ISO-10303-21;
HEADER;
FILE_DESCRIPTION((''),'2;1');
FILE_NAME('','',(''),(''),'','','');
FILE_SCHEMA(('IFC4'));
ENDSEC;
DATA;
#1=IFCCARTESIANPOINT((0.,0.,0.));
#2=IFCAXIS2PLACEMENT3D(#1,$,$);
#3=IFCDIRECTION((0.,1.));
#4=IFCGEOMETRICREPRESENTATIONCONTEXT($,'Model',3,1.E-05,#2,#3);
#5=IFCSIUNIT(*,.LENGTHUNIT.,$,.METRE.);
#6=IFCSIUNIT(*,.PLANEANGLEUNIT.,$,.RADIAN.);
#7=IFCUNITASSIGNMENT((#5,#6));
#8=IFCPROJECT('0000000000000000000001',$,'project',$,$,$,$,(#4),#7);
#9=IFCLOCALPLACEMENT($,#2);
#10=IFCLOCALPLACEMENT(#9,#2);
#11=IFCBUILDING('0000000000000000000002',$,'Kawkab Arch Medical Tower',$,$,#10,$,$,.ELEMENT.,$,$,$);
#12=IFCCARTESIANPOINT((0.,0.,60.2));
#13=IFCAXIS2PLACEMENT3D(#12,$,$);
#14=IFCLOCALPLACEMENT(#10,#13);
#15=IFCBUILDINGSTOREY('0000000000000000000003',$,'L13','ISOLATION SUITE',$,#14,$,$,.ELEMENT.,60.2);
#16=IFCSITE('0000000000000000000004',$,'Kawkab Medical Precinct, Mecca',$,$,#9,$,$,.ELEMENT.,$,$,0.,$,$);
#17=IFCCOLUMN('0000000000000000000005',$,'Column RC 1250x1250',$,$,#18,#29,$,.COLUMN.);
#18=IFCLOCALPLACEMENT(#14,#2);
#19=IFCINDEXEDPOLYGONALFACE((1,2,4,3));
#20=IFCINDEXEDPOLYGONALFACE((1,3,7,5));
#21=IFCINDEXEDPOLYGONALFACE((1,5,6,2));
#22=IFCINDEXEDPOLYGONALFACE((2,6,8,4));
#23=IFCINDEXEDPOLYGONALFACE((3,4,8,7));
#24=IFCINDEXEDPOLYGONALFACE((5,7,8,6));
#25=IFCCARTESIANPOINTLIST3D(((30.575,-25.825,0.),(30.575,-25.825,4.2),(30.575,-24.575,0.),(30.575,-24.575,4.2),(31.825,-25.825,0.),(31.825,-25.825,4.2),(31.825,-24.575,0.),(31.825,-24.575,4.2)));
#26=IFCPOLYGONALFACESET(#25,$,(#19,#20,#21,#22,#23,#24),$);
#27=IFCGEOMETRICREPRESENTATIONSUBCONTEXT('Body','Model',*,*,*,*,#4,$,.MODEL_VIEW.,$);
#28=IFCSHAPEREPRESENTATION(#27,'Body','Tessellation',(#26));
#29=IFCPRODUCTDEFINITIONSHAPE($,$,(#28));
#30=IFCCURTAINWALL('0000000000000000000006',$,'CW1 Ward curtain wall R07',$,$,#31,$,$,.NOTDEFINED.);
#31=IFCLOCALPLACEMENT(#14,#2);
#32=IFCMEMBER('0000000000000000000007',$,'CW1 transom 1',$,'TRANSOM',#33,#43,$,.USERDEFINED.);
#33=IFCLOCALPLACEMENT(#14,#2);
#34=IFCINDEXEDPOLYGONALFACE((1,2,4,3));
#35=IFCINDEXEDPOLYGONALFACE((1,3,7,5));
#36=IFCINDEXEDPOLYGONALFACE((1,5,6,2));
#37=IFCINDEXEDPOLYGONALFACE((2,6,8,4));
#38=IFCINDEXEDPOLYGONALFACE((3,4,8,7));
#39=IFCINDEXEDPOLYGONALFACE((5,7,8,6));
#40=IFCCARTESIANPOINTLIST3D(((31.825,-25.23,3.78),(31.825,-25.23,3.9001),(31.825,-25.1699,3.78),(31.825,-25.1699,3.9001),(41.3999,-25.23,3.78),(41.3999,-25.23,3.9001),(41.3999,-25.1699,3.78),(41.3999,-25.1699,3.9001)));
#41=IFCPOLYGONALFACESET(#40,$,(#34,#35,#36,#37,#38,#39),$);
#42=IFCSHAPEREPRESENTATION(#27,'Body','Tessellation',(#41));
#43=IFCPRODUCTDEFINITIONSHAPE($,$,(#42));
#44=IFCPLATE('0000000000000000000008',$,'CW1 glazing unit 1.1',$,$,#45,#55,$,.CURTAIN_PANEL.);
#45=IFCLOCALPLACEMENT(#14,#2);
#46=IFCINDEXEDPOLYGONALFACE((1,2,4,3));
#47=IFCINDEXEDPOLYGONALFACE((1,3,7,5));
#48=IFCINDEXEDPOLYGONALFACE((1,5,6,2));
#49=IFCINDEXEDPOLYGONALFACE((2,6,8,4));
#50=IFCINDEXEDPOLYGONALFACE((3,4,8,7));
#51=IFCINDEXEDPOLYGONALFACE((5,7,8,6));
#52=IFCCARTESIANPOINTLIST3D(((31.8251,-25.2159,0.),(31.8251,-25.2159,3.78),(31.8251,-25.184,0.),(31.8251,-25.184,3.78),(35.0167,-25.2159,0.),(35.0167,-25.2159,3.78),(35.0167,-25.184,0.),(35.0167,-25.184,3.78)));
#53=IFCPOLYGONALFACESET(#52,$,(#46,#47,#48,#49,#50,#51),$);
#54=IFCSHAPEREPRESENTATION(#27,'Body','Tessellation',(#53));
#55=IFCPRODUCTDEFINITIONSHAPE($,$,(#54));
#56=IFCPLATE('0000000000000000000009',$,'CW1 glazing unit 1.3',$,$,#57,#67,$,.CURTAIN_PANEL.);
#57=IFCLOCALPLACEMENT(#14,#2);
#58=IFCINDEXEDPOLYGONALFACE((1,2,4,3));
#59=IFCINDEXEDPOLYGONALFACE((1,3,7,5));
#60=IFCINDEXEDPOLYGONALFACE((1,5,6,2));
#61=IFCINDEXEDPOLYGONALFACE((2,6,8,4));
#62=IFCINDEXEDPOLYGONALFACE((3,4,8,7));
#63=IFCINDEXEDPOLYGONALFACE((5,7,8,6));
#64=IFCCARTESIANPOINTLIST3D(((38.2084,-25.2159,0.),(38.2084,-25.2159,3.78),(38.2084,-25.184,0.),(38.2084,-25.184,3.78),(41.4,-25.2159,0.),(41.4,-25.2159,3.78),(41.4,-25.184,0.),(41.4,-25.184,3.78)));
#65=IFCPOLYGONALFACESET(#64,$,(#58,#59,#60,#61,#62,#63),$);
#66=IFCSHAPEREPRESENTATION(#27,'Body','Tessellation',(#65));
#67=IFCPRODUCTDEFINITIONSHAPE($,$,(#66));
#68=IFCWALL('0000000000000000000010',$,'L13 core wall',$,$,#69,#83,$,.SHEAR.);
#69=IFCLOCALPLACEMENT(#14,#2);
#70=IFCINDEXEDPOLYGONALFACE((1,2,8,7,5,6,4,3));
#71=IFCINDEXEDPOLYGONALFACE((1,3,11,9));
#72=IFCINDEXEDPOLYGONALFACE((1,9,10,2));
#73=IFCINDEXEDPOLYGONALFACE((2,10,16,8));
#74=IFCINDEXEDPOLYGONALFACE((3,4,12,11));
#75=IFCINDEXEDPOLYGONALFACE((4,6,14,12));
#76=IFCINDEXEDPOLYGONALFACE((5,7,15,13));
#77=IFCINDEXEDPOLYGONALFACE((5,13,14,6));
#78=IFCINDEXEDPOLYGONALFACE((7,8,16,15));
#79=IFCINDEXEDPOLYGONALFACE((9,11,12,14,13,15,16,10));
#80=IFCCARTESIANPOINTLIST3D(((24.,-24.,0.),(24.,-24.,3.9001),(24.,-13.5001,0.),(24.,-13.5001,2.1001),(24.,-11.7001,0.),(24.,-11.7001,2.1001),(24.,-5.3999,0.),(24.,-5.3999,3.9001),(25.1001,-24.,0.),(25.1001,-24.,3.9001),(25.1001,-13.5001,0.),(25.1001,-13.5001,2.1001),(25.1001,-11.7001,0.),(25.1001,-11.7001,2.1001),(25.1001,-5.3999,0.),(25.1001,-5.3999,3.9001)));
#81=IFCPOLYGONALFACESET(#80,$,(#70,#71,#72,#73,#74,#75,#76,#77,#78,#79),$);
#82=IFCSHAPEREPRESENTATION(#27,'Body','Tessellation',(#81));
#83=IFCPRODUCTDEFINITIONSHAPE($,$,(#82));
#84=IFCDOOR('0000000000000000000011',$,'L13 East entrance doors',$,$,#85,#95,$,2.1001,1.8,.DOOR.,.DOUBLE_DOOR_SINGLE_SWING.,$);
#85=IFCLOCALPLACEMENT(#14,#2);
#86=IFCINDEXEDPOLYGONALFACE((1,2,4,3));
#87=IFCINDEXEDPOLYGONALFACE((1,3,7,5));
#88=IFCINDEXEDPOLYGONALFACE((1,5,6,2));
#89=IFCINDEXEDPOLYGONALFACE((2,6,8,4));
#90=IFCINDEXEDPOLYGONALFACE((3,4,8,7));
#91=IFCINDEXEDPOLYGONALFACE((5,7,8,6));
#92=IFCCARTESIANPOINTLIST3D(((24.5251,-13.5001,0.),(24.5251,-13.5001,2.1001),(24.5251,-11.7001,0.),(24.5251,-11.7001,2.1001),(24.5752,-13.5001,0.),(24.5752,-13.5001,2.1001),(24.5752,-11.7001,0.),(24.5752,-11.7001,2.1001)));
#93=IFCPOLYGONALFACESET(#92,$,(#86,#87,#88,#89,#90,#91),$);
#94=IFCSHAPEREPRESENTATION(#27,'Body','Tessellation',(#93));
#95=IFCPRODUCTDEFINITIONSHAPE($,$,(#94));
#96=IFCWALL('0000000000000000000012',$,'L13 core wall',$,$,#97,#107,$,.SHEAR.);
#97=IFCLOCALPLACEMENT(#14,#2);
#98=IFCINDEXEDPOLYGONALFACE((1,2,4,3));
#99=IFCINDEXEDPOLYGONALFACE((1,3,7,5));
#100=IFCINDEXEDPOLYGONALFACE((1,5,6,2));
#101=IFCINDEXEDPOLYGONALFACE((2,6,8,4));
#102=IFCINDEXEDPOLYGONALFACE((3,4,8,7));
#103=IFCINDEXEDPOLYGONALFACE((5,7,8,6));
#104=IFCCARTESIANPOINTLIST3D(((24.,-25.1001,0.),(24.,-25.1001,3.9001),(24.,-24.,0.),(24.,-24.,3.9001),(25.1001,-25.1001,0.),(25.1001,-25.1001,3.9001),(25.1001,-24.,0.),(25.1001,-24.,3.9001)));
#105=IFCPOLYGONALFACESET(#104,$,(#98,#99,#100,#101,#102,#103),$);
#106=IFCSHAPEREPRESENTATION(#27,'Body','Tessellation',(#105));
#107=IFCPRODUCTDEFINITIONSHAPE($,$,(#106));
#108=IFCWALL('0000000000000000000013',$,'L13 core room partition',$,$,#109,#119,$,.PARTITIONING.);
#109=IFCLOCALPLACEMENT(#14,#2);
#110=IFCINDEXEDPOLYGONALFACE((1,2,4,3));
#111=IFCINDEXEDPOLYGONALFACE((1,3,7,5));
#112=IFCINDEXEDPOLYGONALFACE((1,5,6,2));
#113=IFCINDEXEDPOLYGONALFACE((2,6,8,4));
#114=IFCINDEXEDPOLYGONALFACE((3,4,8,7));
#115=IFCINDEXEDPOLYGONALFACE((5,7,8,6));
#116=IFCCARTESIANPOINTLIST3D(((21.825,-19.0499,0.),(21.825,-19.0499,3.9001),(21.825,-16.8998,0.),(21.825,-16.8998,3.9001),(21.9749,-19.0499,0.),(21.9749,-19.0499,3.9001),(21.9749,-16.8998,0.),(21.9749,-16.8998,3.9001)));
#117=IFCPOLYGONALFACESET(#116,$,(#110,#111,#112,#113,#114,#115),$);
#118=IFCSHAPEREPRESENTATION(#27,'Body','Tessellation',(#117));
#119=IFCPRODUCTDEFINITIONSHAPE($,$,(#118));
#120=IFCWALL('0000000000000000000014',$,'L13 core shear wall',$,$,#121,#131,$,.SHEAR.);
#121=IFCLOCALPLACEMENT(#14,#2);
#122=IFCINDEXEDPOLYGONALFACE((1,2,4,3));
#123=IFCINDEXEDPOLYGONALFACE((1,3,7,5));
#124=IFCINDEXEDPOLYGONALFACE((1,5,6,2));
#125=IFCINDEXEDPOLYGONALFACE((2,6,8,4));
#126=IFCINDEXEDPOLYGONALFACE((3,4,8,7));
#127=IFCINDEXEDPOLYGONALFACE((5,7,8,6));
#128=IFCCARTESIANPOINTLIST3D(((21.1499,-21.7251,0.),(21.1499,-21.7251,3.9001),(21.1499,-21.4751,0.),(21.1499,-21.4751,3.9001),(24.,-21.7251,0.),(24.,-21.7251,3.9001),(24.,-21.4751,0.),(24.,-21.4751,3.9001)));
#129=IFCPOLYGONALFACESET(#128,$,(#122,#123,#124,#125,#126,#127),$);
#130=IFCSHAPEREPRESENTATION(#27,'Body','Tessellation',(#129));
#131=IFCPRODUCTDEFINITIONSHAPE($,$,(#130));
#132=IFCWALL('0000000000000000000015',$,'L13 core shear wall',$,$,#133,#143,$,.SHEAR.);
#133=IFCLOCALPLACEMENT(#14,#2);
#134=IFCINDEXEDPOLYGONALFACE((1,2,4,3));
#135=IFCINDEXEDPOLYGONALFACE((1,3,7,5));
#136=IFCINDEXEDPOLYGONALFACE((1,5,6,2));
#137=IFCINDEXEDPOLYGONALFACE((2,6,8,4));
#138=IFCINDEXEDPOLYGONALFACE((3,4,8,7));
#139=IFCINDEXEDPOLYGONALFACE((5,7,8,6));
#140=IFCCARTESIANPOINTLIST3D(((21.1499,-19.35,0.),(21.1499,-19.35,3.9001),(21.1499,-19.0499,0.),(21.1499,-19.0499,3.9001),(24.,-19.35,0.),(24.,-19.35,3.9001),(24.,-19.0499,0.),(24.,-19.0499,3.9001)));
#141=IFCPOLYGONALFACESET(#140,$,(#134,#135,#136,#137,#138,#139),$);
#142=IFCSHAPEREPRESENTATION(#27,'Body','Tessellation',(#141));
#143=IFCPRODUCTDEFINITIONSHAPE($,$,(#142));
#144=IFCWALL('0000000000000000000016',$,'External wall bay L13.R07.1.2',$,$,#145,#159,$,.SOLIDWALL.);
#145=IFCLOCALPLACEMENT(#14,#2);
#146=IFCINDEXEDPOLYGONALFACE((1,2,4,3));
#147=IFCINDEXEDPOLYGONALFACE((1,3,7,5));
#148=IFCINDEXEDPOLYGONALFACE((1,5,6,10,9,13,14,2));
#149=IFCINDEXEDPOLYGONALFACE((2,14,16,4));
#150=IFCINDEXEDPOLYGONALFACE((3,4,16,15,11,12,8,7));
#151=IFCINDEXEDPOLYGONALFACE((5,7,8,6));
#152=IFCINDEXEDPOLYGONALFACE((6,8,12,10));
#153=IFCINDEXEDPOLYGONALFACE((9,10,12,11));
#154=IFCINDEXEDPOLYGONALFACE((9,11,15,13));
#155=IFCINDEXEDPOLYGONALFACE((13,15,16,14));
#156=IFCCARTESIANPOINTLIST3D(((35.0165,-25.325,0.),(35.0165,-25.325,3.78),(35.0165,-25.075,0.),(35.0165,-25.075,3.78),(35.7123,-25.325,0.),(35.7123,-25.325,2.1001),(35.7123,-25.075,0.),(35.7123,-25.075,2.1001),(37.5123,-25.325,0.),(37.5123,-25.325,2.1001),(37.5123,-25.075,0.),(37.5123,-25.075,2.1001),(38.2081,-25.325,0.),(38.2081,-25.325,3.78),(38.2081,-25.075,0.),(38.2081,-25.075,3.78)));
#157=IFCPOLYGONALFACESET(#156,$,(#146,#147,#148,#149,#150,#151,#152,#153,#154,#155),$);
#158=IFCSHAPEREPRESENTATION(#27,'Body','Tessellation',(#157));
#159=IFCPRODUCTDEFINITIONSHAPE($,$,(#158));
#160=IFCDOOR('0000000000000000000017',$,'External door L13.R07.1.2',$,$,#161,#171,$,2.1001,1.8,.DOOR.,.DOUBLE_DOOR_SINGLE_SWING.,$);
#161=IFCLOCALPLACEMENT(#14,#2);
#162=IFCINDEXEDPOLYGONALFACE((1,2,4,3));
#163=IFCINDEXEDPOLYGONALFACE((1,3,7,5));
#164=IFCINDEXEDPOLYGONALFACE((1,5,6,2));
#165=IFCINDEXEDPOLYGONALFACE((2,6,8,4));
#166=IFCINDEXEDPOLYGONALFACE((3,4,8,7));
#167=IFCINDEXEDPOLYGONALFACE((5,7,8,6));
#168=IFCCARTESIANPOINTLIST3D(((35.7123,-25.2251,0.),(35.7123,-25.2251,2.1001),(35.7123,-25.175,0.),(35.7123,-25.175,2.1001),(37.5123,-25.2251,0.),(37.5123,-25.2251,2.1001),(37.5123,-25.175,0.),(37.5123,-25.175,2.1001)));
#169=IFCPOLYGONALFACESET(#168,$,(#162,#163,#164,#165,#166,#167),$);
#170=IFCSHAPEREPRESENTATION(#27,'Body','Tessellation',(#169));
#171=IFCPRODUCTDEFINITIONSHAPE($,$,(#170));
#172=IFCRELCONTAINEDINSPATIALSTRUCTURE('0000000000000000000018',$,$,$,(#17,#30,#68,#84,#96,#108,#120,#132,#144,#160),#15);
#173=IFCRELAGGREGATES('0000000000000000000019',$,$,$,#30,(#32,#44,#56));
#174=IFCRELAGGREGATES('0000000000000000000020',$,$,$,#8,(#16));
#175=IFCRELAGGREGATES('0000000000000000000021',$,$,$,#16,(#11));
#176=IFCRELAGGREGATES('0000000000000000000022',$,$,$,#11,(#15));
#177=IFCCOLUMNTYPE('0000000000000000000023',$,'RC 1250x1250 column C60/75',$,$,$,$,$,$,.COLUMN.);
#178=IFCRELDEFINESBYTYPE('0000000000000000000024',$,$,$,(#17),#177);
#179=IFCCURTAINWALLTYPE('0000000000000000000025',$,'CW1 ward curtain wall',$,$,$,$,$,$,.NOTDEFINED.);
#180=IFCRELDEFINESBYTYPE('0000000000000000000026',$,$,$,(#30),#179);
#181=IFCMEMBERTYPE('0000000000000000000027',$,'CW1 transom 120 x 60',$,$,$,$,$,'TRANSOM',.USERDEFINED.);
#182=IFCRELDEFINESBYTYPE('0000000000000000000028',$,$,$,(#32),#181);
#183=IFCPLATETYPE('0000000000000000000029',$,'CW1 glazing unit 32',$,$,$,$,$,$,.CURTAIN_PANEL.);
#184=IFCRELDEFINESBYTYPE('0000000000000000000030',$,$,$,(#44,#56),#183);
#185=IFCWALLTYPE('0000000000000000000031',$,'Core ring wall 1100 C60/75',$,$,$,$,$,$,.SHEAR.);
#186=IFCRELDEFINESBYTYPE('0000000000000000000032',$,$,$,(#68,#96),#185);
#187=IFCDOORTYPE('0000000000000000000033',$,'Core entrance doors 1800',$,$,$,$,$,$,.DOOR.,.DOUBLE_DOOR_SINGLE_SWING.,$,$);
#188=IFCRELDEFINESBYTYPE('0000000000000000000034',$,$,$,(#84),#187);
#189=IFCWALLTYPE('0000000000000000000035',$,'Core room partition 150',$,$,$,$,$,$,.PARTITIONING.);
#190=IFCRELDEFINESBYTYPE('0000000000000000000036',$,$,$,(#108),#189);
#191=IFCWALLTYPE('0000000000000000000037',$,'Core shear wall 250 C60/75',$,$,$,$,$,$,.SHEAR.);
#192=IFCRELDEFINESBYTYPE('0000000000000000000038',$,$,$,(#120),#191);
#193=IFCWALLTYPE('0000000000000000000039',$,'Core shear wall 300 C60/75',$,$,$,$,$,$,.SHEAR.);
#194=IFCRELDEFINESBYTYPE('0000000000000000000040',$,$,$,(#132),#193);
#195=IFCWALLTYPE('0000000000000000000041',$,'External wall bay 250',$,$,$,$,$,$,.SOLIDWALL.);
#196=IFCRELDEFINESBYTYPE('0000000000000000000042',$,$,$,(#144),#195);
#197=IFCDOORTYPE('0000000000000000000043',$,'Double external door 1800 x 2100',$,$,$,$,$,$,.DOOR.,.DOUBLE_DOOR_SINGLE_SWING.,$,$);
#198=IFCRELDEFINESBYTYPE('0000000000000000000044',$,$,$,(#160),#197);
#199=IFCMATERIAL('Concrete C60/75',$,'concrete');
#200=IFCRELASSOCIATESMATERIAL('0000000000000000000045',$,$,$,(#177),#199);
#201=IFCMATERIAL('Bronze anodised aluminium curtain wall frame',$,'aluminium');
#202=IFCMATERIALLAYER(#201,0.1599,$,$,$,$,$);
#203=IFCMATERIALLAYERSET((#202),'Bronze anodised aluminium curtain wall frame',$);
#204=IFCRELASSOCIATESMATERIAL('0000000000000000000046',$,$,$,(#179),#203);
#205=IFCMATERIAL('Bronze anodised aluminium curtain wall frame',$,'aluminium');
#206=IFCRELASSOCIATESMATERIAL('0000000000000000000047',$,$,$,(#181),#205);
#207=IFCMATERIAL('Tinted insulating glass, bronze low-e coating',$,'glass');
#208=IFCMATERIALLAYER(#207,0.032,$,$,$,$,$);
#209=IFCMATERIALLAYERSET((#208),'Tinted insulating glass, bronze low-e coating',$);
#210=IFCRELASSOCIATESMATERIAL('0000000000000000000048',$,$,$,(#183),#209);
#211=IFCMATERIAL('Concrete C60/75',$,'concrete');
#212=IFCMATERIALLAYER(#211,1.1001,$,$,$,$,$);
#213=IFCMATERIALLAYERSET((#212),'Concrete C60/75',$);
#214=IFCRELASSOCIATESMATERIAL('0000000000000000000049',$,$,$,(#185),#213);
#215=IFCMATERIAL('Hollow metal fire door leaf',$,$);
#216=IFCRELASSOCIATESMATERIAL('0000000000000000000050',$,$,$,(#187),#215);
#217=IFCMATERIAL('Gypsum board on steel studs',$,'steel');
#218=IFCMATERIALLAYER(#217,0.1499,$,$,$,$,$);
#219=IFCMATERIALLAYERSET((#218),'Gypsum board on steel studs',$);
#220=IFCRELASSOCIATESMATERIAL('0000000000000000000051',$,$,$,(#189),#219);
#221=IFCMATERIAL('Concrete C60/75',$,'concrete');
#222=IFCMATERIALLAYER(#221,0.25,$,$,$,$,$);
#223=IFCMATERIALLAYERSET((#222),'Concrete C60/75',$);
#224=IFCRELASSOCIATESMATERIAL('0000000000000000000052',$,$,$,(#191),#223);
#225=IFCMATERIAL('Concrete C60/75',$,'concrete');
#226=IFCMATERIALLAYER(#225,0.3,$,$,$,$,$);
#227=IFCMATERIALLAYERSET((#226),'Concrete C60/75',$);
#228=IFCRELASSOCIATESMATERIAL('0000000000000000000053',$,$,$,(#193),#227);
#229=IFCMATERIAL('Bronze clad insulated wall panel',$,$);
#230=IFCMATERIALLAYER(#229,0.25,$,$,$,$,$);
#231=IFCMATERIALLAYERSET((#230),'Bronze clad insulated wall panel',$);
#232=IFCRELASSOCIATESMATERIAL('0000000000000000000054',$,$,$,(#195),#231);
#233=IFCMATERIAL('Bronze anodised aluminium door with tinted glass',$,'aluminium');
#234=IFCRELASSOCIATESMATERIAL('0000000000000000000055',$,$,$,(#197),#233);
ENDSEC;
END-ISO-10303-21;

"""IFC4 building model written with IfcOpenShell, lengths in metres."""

from ifc_helpers import new_model, si_unit, direction, frame, frame_2d, origin, origin_2d, place, context, subcontext, project, spatial, rectangle, extrude, material, layer, layer_set, material_profile, profile_set, type_object, element, fill, aggregate, save


model = new_model("IFC4")

# Units and contexts
model_context = context("Model", 3, precision=1e-05, world=origin(), true_north=direction((0.0, 1.0)))
body_context = subcontext(model_context, "Body", "Model", "MODEL_VIEW")
ifc_project = project(units=[si_unit("LENGTHUNIT", "METRE"), si_unit("PLANEANGLEUNIT", "RADIAN")], contexts=[model_context])

# Site, building, storey
site_placement = place(None, origin())
site = spatial("IfcSite", under=ifc_project, at=site_placement, Name="Kawkab Medical Precinct, Mecca", CompositionType="ELEMENT", RefElevation=0.0)
building_placement = place(site_placement, origin())
building = spatial("IfcBuilding", under=site, at=building_placement, Name="Kawkab Arch Medical Tower", CompositionType="ELEMENT")
storey_placement = place(building_placement, frame((0.0, 0.0, 60.2)))
storey = spatial("IfcBuildingStorey", under=building, at=storey_placement, Name="L13", Description="ISOLATION SUITE", CompositionType="ELEMENT", Elevation=60.2)

# Column
ifc_material_1 = material(Name="Concrete C60/75", Category="concrete")
ifc_material_profile_1 = material_profile(ifc_material_1, rectangle(XDim=1.25, YDim=1.25, at=origin_2d()), Name="RC 1250x1250")
ifc_profile_set_1 = profile_set([ifc_material_profile_1], Name="Concrete C60/75")
column_type = type_object("IfcColumnType", Name="RC 1250x1250 column C60/75", PredefinedType="COLUMN", material=ifc_profile_set_1)
column_placement = place(storey_placement, frame((31.2, -25.2, 0.0), z_axis=(0.0, 0.0, 1.0), x_axis=(1.0, 0.0, 0.0)))
element("IfcColumn", 1, at=column_placement, inside=storey, type_object=column_type, Name="Column RC 1250x1250", PredefinedType="COLUMN", context=body_context, shape_type="SweptSolid", body=[
    extrude(rectangle(XDim=1.25, YDim=1.25, at=origin_2d()), origin(), (0.0, 0.0, 1.0), 4.2),
])

# Curtain wall, member, plates
ifc_material_2 = material(Name="Bronze anodised aluminium curtain wall frame", Category="aluminium")
ifc_layer_1 = layer(ifc_material_2, 0.1599)
ifc_layer_set_1 = layer_set([ifc_layer_1], Name="Bronze anodised aluminium curtain wall frame")
curtain_wall_type = type_object("IfcCurtainWallType", Name="CW1 ward curtain wall", PredefinedType="NOTDEFINED", material=ifc_layer_set_1)
curtain_wall_placement = place(storey_placement, origin())
curtain_wall = element("IfcCurtainWall", 2, at=curtain_wall_placement, inside=storey, type_object=curtain_wall_type, Name="CW1 Ward curtain wall R07", PredefinedType="NOTDEFINED")
ifc_material_3 = material(Name="Bronze anodised aluminium curtain wall frame", Category="aluminium")
ifc_material_profile_2 = material_profile(ifc_material_3, rectangle(XDim=0.0601, YDim=0.1201, at=origin_2d()), Name="AL 60x120")
ifc_profile_set_2 = profile_set([ifc_material_profile_2], Name="Bronze anodised aluminium curtain wall frame")
member_type = type_object("IfcMemberType", Name="CW1 transom 120 x 60", ElementType="TRANSOM", PredefinedType="USERDEFINED", material=ifc_profile_set_2)
member_placement = place(storey_placement, frame((31.825, -25.2, 3.8401), z_axis=(1.0, 0.0, 0.0), x_axis=(0.0, 1.0, 0.0)))
member = element("IfcMember", 3, at=member_placement, type_object=member_type, Name="CW1 transom 1", ObjectType="TRANSOM", PredefinedType="USERDEFINED", context=body_context, shape_type="SweptSolid", body=[
    extrude(rectangle(XDim=0.0601, YDim=0.1201, at=origin_2d()), origin(), (0.0, 0.0, 1.0), 9.575),
])
ifc_material_4 = material(Name="Tinted insulating glass, bronze low-e coating", Category="glass")
ifc_layer_2 = layer(ifc_material_4, 0.032)
ifc_layer_set_2 = layer_set([ifc_layer_2], Name="Tinted insulating glass, bronze low-e coating")
plate_type = type_object("IfcPlateType", Name="CW1 glazing unit 32", PredefinedType="CURTAIN_PANEL", material=ifc_layer_set_2)
plate_1_placement = place(storey_placement, frame((33.4209, -25.2, 0.0), z_axis=(0.0, 0.0, 1.0), x_axis=(1.0, 0.0, 0.0)))
plate_1 = element("IfcPlate", 4, at=plate_1_placement, type_object=plate_type, Name="CW1 glazing unit 1.1", PredefinedType="CURTAIN_PANEL", context=body_context, shape_type="SweptSolid", body=[
    extrude(rectangle(XDim=3.1917, YDim=0.032, at=origin_2d()), origin(), (0.0, 0.0, 1.0), 3.78),
])
plate_2_placement = place(storey_placement, frame((39.8042, -25.2, 0.0), z_axis=(0.0, 0.0, 1.0), x_axis=(1.0, 0.0, 0.0)))
plate_2 = element("IfcPlate", 5, at=plate_2_placement, type_object=plate_type, Name="CW1 glazing unit 1.3", PredefinedType="CURTAIN_PANEL", context=body_context, shape_type="SweptSolid", body=[
    extrude(rectangle(XDim=3.1917, YDim=0.032, at=origin_2d()), origin(), (0.0, 0.0, 1.0), 3.78),
])
aggregate(curtain_wall, [member, plate_1, plate_2])

# Wall, opening, door
ifc_material_5 = material(Name="Concrete C60/75", Category="concrete")
ifc_layer_3 = layer(ifc_material_5, 1.1001)
ifc_layer_set_3 = layer_set([ifc_layer_3], Name="Concrete C60/75")
wall_type_1 = type_object("IfcWallType", Name="Core ring wall 1100 C60/75", PredefinedType="SHEAR", material=ifc_layer_set_3)
wall_1_placement = place(storey_placement, frame((24.55, -24.0, 0.0), z_axis=(0.0, 0.0, 1.0), x_axis=(0.0, 1.0, 0.0)))
wall_1 = element("IfcWall", 6, at=wall_1_placement, inside=storey, type_object=wall_type_1, Name="L13 core wall", PredefinedType="SHEAR", context=body_context, shape_type="SweptSolid", body=[
    extrude(rectangle(XDim=18.6001, YDim=1.1001, at=frame_2d((9.3, 0.0))), origin(), (0.0, 0.0, 1.0), 3.9001),
])
opening_1_placement = place(wall_1_placement, frame((10.5, 0.0, 0.0)))
opening_1 = element("IfcOpeningElement", 7, at=opening_1_placement, cuts=wall_1, PredefinedType="OPENING", context=body_context, shape_type="SweptSolid", body=[
    extrude(rectangle(XDim=1.8, YDim=2.1001, at=frame_2d((0.8999, 1.05))), frame((0.0, 0.5601, 0.0), z_axis=(0.0, -1.0, 0.0), x_axis=(1.0, 0.0, 0.0)), (0.0, 0.0, 1.0), 1.1201),
])
ifc_material_6 = material(Name="Hollow metal fire door leaf")
door_type_1 = type_object("IfcDoorType", Name="Core entrance doors 1800", OperationType="DOUBLE_DOOR_SINGLE_SWING", PredefinedType="DOOR", material=ifc_material_6)
door_1_placement = place(opening_1_placement, origin())
door_1 = element("IfcDoor", 8, at=door_1_placement, inside=storey, type_object=door_type_1, Name="L13 East entrance doors", OperationType="DOUBLE_DOOR_SINGLE_SWING", OverallHeight=2.1001, OverallWidth=1.8, PredefinedType="DOOR", context=body_context, shape_type="SweptSolid", body=[
    extrude(rectangle(XDim=1.8, YDim=2.1001, at=frame_2d((0.8999, 1.05))), frame((0.0, 0.0249, 0.0), z_axis=(0.0, -1.0, 0.0), x_axis=(1.0, 0.0, 0.0)), (0.0, 0.0, 1.0), 0.05),
])
fill(opening_1, door_1)

# Walls
wall_2_placement = place(storey_placement, frame((24.55, -25.1001, 0.0), z_axis=(0.0, 0.0, 1.0), x_axis=(0.0, 1.0, 0.0)))
element("IfcWall", 9, at=wall_2_placement, inside=storey, type_object=wall_type_1, Name="L13 core wall", PredefinedType="SHEAR", context=body_context, shape_type="SweptSolid", body=[
    extrude(rectangle(XDim=1.1001, YDim=1.1001, at=frame_2d((0.55, 0.0))), origin(), (0.0, 0.0, 1.0), 3.9001),
])
ifc_material_7 = material(Name="Gypsum board on steel studs", Category="steel")
ifc_layer_4 = layer(ifc_material_7, 0.1499)
ifc_layer_set_4 = layer_set([ifc_layer_4], Name="Gypsum board on steel studs")
wall_type_2 = type_object("IfcWallType", Name="Core room partition 150", PredefinedType="PARTITIONING", material=ifc_layer_set_4)
wall_3_placement = place(storey_placement, frame((21.8999, -19.05, 0.0), z_axis=(0.0, 0.0, 1.0), x_axis=(0.0, 1.0, 0.0)))
element("IfcWall", 10, at=wall_3_placement, inside=storey, type_object=wall_type_2, Name="L13 core room partition", PredefinedType="PARTITIONING", context=body_context, shape_type="SweptSolid", body=[
    extrude(rectangle(XDim=2.1501, YDim=0.1499, at=frame_2d((1.0752, 0.0))), origin(), (0.0, 0.0, 1.0), 3.9001),
])
ifc_material_8 = material(Name="Concrete C60/75", Category="concrete")
ifc_layer_5 = layer(ifc_material_8, 0.25)
ifc_layer_set_5 = layer_set([ifc_layer_5], Name="Concrete C60/75")
wall_type_3 = type_object("IfcWallType", Name="Core shear wall 250 C60/75", PredefinedType="SHEAR", material=ifc_layer_set_5)
wall_4_placement = place(storey_placement, frame((21.1499, -21.6001, 0.0), z_axis=(0.0, 0.0, 1.0), x_axis=(1.0, 0.0, 0.0)))
element("IfcWall", 11, at=wall_4_placement, inside=storey, type_object=wall_type_3, Name="L13 core shear wall", PredefinedType="SHEAR", context=body_context, shape_type="SweptSolid", body=[
    extrude(rectangle(XDim=2.8501, YDim=0.25, at=frame_2d((1.425, 0.0))), origin(), (0.0, 0.0, 1.0), 3.9001),
])
ifc_material_9 = material(Name="Concrete C60/75", Category="concrete")
ifc_layer_6 = layer(ifc_material_9, 0.3)
ifc_layer_set_6 = layer_set([ifc_layer_6], Name="Concrete C60/75")
wall_type_4 = type_object("IfcWallType", Name="Core shear wall 300 C60/75", PredefinedType="SHEAR", material=ifc_layer_set_6)
wall_5_placement = place(storey_placement, frame((21.1499, -19.2, 0.0), z_axis=(0.0, 0.0, 1.0), x_axis=(1.0, 0.0, 0.0)))
element("IfcWall", 12, at=wall_5_placement, inside=storey, type_object=wall_type_4, Name="L13 core shear wall", PredefinedType="SHEAR", context=body_context, shape_type="SweptSolid", body=[
    extrude(rectangle(XDim=2.8501, YDim=0.3, at=frame_2d((1.425, 0.0))), origin(), (0.0, 0.0, 1.0), 3.9001),
])

# Wall, opening, door
ifc_material_10 = material(Name="Bronze clad insulated wall panel")
ifc_layer_7 = layer(ifc_material_10, 0.25)
ifc_layer_set_7 = layer_set([ifc_layer_7], Name="Bronze clad insulated wall panel")
wall_type_5 = type_object("IfcWallType", Name="External wall bay 250", PredefinedType="SOLIDWALL", material=ifc_layer_set_7)
wall_6_placement = place(storey_placement, frame((35.0166, -25.2, 0.0), z_axis=(0.0, 0.0, 1.0), x_axis=(1.0, 0.0, 0.0)))
wall_6 = element("IfcWall", 13, at=wall_6_placement, inside=storey, type_object=wall_type_5, Name="External wall bay L13.R07.1.2", PredefinedType="SOLIDWALL", context=body_context, shape_type="SweptSolid", body=[
    extrude(rectangle(XDim=3.1917, YDim=0.25, at=frame_2d((1.5957, 0.0))), origin(), (0.0, 0.0, 1.0), 3.78),
])
opening_2_placement = place(wall_6_placement, frame((0.6958, 0.0, 0.0)))
opening_2 = element("IfcOpeningElement", 14, at=opening_2_placement, cuts=wall_6, PredefinedType="OPENING", context=body_context, shape_type="SweptSolid", body=[
    extrude(rectangle(XDim=1.8, YDim=2.1001, at=frame_2d((0.8999, 1.05))), frame((0.0, 0.135, 0.0), z_axis=(0.0, -1.0, 0.0), x_axis=(1.0, 0.0, 0.0)), (0.0, 0.0, 1.0), 0.27),
])
ifc_material_11 = material(Name="Bronze anodised aluminium door with tinted glass", Category="aluminium")
door_type_2 = type_object("IfcDoorType", Name="Double external door 1800 x 2100", OperationType="DOUBLE_DOOR_SINGLE_SWING", PredefinedType="DOOR", material=ifc_material_11)
door_2_placement = place(opening_2_placement, origin())
door_2 = element("IfcDoor", 15, at=door_2_placement, inside=storey, type_object=door_type_2, Name="External door L13.R07.1.2", OperationType="DOUBLE_DOOR_SINGLE_SWING", OverallHeight=2.1001, OverallWidth=1.8, PredefinedType="DOOR", context=body_context, shape_type="SweptSolid", body=[
    extrude(rectangle(XDim=1.8, YDim=2.1001, at=frame_2d((0.8999, 1.05))), frame((0.0, 0.0249, 0.0), z_axis=(0.0, -1.0, 0.0), x_axis=(1.0, 0.0, 0.0)), (0.0, 0.0, 1.0), 0.05),
])
fill(opening_2, door_2)

save(model, "model.ifc")
